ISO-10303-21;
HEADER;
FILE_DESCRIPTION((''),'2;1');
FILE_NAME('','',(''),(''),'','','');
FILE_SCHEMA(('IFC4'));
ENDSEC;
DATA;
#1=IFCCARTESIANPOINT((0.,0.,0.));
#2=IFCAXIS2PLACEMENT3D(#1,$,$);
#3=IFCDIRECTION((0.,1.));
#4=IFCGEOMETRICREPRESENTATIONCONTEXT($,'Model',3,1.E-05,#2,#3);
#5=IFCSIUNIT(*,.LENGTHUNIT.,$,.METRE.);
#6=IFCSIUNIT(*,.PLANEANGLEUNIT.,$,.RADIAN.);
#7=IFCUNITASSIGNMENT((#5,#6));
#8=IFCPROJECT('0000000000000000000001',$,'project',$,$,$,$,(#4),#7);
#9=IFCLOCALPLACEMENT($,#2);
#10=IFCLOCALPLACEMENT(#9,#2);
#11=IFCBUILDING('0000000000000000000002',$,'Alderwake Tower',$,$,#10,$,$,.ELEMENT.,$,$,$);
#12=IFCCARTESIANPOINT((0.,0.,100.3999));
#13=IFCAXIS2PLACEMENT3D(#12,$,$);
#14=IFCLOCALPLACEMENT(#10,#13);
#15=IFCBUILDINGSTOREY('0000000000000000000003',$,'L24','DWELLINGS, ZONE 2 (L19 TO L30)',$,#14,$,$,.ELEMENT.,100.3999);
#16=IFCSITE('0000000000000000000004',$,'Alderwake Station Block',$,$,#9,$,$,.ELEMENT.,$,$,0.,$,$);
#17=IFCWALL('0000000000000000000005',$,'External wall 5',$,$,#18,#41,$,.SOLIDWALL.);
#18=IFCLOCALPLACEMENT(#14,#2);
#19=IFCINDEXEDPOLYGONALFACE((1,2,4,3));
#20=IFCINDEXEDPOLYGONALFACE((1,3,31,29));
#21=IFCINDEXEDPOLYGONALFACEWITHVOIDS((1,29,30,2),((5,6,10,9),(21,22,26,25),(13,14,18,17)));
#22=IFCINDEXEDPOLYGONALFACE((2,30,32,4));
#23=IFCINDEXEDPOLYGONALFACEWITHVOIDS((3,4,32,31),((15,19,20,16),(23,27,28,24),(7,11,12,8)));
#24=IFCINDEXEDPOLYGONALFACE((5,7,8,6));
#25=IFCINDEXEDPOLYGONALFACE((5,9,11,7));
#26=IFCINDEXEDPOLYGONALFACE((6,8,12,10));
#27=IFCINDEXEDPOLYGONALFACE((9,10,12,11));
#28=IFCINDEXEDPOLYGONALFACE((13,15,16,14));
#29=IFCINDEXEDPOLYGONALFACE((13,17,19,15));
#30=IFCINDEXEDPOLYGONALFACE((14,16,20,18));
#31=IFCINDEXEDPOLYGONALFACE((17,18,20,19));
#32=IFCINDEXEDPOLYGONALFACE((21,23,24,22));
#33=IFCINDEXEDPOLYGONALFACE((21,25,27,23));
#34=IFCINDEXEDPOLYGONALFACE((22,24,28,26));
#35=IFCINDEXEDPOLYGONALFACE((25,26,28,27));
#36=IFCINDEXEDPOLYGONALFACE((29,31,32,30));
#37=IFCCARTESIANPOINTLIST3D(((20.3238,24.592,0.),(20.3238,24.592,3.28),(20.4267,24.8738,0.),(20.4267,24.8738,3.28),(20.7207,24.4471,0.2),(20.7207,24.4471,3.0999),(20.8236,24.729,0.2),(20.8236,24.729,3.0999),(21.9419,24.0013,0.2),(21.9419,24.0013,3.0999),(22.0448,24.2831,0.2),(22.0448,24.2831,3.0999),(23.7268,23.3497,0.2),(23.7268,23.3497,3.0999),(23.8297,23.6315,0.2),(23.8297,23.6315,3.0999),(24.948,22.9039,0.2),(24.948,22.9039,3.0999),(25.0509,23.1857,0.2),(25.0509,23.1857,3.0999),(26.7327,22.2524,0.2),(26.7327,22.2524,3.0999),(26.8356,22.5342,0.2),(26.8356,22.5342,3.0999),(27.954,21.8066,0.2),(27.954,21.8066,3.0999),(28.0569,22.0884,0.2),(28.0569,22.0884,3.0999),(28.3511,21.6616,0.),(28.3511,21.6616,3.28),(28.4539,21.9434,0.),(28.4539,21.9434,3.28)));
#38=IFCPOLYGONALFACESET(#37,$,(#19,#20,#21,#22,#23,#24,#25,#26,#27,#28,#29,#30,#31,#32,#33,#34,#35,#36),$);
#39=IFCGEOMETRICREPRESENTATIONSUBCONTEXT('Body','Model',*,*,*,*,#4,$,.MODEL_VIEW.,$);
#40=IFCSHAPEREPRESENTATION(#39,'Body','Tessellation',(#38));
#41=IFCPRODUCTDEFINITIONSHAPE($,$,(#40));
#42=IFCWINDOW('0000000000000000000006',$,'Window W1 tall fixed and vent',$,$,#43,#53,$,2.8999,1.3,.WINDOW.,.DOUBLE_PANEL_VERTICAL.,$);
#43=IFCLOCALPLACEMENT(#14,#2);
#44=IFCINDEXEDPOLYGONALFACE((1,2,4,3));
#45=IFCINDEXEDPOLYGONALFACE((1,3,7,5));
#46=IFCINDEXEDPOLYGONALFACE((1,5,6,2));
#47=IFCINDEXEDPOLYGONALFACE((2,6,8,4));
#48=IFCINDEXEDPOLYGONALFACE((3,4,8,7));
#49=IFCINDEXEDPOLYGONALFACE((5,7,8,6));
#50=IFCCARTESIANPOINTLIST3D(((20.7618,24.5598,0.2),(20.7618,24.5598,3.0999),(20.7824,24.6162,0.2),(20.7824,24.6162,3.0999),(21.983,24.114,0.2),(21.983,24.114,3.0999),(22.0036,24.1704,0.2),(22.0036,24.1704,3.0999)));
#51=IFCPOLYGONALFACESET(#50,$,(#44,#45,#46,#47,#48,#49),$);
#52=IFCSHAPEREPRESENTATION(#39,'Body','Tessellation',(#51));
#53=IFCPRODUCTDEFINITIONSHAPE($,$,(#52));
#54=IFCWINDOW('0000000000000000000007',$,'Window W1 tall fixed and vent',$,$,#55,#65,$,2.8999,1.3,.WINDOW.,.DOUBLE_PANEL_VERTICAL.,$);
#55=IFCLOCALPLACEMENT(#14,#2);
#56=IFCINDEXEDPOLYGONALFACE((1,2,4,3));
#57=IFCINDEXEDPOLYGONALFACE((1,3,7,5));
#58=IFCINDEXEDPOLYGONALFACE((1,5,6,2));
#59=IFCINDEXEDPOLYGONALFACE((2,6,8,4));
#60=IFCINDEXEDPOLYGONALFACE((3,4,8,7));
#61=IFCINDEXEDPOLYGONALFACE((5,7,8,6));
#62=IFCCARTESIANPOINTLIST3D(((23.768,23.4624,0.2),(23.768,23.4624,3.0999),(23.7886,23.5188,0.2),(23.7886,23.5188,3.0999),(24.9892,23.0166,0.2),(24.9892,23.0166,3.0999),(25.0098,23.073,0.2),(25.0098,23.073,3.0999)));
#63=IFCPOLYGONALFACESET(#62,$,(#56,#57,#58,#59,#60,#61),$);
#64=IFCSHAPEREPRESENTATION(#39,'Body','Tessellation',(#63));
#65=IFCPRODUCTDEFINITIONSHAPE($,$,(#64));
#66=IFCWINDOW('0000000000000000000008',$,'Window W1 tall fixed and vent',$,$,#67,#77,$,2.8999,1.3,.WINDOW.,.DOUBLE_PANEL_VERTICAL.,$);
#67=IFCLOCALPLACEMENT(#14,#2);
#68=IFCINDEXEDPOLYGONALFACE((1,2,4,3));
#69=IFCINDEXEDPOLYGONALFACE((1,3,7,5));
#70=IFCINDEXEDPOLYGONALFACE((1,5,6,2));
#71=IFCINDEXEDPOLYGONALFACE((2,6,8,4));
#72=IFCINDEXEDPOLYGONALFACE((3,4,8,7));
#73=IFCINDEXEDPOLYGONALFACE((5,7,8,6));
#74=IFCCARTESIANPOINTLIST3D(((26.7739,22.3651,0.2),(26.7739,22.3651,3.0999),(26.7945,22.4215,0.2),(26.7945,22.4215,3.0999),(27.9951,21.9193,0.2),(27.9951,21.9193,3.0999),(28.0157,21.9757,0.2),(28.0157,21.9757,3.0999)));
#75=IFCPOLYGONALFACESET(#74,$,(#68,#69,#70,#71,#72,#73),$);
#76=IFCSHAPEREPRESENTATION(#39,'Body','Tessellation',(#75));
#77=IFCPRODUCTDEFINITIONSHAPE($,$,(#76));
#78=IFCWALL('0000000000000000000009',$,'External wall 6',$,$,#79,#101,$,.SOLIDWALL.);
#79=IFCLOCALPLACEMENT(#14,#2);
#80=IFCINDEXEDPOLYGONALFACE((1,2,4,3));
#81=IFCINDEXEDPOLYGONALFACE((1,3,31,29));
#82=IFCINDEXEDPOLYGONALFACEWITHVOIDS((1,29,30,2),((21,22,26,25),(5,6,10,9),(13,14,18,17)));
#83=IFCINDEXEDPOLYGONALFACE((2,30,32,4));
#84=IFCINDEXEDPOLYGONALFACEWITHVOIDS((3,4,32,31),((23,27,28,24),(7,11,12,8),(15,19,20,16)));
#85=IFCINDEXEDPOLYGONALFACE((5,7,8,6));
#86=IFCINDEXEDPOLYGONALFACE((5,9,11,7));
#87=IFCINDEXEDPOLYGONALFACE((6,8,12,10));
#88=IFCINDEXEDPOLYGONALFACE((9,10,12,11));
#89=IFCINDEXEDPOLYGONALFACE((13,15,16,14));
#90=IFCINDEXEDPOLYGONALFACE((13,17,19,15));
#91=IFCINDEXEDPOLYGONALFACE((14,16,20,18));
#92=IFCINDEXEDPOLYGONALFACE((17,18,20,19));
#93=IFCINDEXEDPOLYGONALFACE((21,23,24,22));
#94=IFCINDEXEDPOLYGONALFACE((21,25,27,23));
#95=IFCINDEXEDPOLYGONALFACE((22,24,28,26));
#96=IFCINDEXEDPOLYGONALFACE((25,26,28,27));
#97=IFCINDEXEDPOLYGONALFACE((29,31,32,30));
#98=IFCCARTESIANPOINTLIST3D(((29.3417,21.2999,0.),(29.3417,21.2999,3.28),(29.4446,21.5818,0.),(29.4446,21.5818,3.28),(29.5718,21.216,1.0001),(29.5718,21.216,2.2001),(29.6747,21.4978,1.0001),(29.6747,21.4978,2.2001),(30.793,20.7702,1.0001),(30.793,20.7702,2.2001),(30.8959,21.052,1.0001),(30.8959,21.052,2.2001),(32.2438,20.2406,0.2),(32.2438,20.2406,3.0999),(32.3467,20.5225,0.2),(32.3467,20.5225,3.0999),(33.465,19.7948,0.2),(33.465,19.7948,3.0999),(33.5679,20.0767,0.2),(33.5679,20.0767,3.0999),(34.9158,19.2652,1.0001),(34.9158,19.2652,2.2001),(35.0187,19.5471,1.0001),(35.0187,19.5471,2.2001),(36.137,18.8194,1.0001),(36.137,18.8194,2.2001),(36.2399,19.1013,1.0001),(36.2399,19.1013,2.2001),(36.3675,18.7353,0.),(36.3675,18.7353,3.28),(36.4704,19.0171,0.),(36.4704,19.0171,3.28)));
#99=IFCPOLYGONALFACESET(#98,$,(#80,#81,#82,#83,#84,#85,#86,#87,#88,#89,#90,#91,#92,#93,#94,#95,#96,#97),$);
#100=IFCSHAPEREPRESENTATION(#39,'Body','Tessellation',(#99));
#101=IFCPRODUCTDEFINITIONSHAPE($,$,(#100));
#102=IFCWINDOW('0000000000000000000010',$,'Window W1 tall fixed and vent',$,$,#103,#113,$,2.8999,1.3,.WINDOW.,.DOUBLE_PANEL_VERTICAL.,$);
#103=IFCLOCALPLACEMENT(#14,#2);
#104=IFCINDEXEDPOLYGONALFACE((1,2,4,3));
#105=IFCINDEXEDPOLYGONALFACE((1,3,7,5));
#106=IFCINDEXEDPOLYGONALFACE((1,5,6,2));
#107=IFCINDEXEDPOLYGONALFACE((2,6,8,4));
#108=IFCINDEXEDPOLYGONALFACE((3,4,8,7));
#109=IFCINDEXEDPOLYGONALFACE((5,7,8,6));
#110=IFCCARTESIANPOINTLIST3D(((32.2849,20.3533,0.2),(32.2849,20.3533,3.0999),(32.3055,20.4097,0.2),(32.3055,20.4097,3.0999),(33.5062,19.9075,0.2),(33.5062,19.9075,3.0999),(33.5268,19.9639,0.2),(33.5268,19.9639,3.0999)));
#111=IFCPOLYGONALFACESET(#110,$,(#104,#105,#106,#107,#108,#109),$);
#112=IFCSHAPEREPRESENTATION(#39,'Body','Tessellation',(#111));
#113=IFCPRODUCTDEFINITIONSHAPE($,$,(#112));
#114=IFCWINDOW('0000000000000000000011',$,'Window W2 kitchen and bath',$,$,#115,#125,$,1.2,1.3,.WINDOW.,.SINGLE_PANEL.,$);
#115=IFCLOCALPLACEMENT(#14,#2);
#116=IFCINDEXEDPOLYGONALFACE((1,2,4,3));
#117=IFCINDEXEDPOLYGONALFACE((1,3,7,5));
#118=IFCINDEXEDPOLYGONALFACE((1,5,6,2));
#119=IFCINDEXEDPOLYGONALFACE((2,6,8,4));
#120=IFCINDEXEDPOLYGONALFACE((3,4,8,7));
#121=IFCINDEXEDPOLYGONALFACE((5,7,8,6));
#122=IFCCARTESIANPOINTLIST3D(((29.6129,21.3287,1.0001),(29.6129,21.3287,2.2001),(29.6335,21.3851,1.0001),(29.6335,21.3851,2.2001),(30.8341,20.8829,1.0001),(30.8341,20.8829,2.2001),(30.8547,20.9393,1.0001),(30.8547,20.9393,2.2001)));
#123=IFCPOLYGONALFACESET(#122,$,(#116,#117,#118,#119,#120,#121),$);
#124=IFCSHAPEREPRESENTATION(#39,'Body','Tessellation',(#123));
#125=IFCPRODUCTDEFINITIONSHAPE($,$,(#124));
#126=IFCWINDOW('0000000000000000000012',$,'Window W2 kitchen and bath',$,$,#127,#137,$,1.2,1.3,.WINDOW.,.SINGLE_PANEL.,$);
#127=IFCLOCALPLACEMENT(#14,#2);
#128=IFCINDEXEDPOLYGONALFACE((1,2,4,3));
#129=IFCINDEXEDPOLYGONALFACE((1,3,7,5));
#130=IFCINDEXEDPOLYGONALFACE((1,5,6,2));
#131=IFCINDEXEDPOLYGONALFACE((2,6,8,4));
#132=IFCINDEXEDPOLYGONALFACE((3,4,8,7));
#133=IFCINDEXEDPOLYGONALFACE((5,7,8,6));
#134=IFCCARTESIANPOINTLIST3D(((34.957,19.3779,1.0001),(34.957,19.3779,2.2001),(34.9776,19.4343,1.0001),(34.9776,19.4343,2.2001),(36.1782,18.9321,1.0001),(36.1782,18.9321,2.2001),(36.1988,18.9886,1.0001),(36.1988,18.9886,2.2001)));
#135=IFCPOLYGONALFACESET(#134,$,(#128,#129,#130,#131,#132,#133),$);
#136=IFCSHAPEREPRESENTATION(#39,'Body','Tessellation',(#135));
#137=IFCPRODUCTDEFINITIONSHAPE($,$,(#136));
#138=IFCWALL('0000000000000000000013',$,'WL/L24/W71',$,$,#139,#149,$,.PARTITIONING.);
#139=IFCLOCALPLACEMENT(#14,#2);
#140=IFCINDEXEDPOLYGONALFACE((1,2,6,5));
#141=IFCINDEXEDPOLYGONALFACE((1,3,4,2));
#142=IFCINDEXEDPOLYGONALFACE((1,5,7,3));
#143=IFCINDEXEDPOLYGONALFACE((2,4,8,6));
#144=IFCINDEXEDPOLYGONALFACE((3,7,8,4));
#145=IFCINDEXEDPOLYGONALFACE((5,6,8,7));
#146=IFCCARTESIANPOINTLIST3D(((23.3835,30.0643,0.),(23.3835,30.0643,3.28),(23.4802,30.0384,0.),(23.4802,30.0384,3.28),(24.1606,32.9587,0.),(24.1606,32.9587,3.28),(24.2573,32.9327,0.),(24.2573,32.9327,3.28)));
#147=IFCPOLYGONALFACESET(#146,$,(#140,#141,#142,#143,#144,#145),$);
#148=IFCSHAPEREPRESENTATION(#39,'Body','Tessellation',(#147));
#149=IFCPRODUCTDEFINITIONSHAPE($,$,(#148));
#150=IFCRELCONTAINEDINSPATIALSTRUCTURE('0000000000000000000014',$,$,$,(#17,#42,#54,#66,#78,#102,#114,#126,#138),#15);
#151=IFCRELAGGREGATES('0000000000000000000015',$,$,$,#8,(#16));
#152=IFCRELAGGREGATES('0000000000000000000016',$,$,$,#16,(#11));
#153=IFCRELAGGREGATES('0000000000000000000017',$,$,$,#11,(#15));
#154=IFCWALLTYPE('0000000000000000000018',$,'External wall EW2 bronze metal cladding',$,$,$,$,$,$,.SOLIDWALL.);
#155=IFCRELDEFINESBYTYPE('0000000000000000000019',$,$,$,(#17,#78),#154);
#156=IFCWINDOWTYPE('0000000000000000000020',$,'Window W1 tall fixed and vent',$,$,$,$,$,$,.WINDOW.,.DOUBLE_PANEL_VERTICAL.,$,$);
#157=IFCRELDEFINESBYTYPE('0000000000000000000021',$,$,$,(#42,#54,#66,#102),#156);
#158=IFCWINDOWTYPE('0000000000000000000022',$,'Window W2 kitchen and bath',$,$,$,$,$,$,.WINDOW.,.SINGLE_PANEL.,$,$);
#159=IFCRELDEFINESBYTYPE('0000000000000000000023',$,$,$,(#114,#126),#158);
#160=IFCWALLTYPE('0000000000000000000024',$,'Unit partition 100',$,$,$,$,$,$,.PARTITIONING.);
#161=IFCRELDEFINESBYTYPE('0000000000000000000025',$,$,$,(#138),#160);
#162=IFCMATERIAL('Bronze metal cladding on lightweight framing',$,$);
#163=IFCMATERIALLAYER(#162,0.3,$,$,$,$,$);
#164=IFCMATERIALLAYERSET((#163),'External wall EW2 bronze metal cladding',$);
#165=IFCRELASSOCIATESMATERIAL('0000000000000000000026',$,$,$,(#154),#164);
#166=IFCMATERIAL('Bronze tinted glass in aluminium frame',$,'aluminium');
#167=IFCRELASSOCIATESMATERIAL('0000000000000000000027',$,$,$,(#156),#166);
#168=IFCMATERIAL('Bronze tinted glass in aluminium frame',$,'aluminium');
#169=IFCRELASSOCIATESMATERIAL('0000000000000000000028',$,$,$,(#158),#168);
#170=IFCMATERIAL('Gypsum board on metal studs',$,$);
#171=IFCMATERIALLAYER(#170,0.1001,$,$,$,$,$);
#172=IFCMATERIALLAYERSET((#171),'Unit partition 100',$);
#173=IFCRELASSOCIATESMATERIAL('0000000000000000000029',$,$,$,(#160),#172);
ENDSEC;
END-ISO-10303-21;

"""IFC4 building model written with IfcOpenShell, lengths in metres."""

from ifc_helpers import new_model, si_unit, direction, frame, frame_2d, origin, place, context, subcontext, project, spatial, rectangle, extrude, material, layer, layer_set, type_object, element, fill, save


model = new_model("IFC4")

# Units and contexts
model_context = context("Model", 3, precision=1e-05, world=origin(), true_north=direction((0.0, 1.0)))
body_context = subcontext(model_context, "Body", "Model", "MODEL_VIEW")
ifc_project = project(units=[si_unit("LENGTHUNIT", "METRE"), si_unit("PLANEANGLEUNIT", "RADIAN")], contexts=[model_context])

# Site, building, storey
site_placement = place(None, origin())
site = spatial("IfcSite", under=ifc_project, at=site_placement, Name="Alderwake Station Block", CompositionType="ELEMENT", RefElevation=0.0)
building_placement = place(site_placement, origin())
building = spatial("IfcBuilding", under=site, at=building_placement, Name="Alderwake Tower", CompositionType="ELEMENT")
storey_placement = place(building_placement, frame((0.0, 0.0, 100.3999)))
storey = spatial("IfcBuildingStorey", under=building, at=storey_placement, Name="L24", Description="DWELLINGS, ZONE 2 (L19 TO L30)", CompositionType="ELEMENT", Elevation=100.3999)

# Shared definitions
ifc_material_1 = material(Name="Bronze metal cladding on lightweight framing")
ifc_layer_1 = layer(ifc_material_1, 0.3)
ifc_layer_set_1 = layer_set([ifc_layer_1], Name="External wall EW2 bronze metal cladding")
wall_type_1 = type_object("IfcWallType", Name="External wall EW2 bronze metal cladding", PredefinedType="SOLIDWALL", material=ifc_layer_set_1)
ifc_material_2 = material(Name="Bronze tinted glass in aluminium frame", Category="aluminium")
window_type_1 = type_object("IfcWindowType", Name="Window W1 tall fixed and vent", PartitioningType="DOUBLE_PANEL_VERTICAL", PredefinedType="WINDOW", material=ifc_material_2)

# Walls, openings, windows
wall_1_placement = place(storey_placement, frame((20.3752, 24.7329, 0.0), z_axis=(0.0, 0.0, 1.0), x_axis=(0.939365, -0.34292, 0.0)))
wall_1 = element("IfcWall", 1, at=wall_1_placement, inside=storey, type_object=wall_type_1, Name="External wall 5", PredefinedType="SOLIDWALL", context=body_context, shape_type="SweptSolid", body=[
    extrude(rectangle(XDim=8.5454, YDim=0.3, at=frame_2d((4.2727, 0.0))), origin(), (0.0, 0.0, 1.0), 3.28),
])
opening_1_placement = place(wall_1_placement, frame((0.4226, 0.0, 0.2)))
opening_1 = element("IfcOpeningElement", 2, at=opening_1_placement, cuts=wall_1, PredefinedType="OPENING", context=body_context, shape_type="SweptSolid", body=[
    extrude(rectangle(XDim=1.3, YDim=2.8999, at=frame_2d((0.6499, 1.45))), frame((0.0, 0.1599, 0.0), z_axis=(0.0, -1.0, 0.0), x_axis=(1.0, 0.0, 0.0)), (0.0, 0.0, 1.0), 0.3201),
])
opening_2_placement = place(wall_1_placement, frame((3.6228, 0.0, 0.2)))
opening_2 = element("IfcOpeningElement", 3, at=opening_2_placement, cuts=wall_1, PredefinedType="OPENING", context=body_context, shape_type="SweptSolid", body=[
    extrude(rectangle(XDim=1.3, YDim=2.8999, at=frame_2d((0.6499, 1.45))), frame((0.0, 0.1599, 0.0), z_axis=(0.0, -1.0, 0.0), x_axis=(1.0, 0.0, 0.0)), (0.0, 0.0, 1.0), 0.3201),
])
opening_3_placement = place(wall_1_placement, frame((6.8228, 0.0, 0.2)))
opening_3 = element("IfcOpeningElement", 4, at=opening_3_placement, cuts=wall_1, PredefinedType="OPENING", context=body_context, shape_type="SweptSolid", body=[
    extrude(rectangle(XDim=1.3, YDim=2.8999, at=frame_2d((0.6499, 1.45))), frame((0.0, 0.1599, 0.0), z_axis=(0.0, -1.0, 0.0), x_axis=(1.0, 0.0, 0.0)), (0.0, 0.0, 1.0), 0.3201),
])
window_1_placement = place(opening_1_placement, origin())
window_1 = element("IfcWindow", 5, at=window_1_placement, inside=storey, type_object=window_type_1, Name="Window W1 tall fixed and vent", OverallHeight=2.8999, OverallWidth=1.3, PartitioningType="DOUBLE_PANEL_VERTICAL", PredefinedType="WINDOW", context=body_context, shape_type="SweptSolid", body=[
    extrude(rectangle(XDim=1.3, YDim=2.8999, at=frame_2d((0.6499, 1.45))), frame((0.0, 0.03, 0.0), z_axis=(0.0, -1.0, 0.0), x_axis=(1.0, 0.0, 0.0)), (0.0, 0.0, 1.0), 0.0601),
])
fill(opening_1, window_1)
window_2_placement = place(opening_2_placement, origin())
window_2 = element("IfcWindow", 6, at=window_2_placement, inside=storey, type_object=window_type_1, Name="Window W1 tall fixed and vent", OverallHeight=2.8999, OverallWidth=1.3, PartitioningType="DOUBLE_PANEL_VERTICAL", PredefinedType="WINDOW", context=body_context, shape_type="SweptSolid", body=[
    extrude(rectangle(XDim=1.3, YDim=2.8999, at=frame_2d((0.6499, 1.45))), frame((0.0, 0.03, 0.0), z_axis=(0.0, -1.0, 0.0), x_axis=(1.0, 0.0, 0.0)), (0.0, 0.0, 1.0), 0.0601),
])
fill(opening_2, window_2)
window_3_placement = place(opening_3_placement, origin())
window_3 = element("IfcWindow", 7, at=window_3_placement, inside=storey, type_object=window_type_1, Name="Window W1 tall fixed and vent", OverallHeight=2.8999, OverallWidth=1.3, PartitioningType="DOUBLE_PANEL_VERTICAL", PredefinedType="WINDOW", context=body_context, shape_type="SweptSolid", body=[
    extrude(rectangle(XDim=1.3, YDim=2.8999, at=frame_2d((0.6499, 1.45))), frame((0.0, 0.03, 0.0), z_axis=(0.0, -1.0, 0.0), x_axis=(1.0, 0.0, 0.0)), (0.0, 0.0, 1.0), 0.0601),
])
fill(opening_3, window_3)
wall_2_placement = place(storey_placement, frame((29.3931, 21.4409, 0.0), z_axis=(0.0, 0.0, 1.0), x_axis=(0.939371, -0.342904, 0.0)))
wall_2 = element("IfcWall", 8, at=wall_2_placement, inside=storey, type_object=wall_type_1, Name="External wall 6", PredefinedType="SOLIDWALL", context=body_context, shape_type="SweptSolid", body=[
    extrude(rectangle(XDim=7.4792, YDim=0.3, at=frame_2d((3.7397, 0.0))), origin(), (0.0, 0.0, 1.0), 3.28),
])
opening_4_placement = place(wall_2_placement, frame((0.2451, 0.0, 1.0)))
opening_4 = element("IfcOpeningElement", 9, at=opening_4_placement, cuts=wall_2, PredefinedType="OPENING", context=body_context, shape_type="SweptSolid", body=[
    extrude(rectangle(XDim=1.3, YDim=1.2, at=frame_2d((0.6499, 0.6001))), frame((0.0, 0.1599, 0.0), z_axis=(0.0, -1.0, 0.0), x_axis=(1.0, 0.0, 0.0)), (0.0, 0.0, 1.0), 0.3201),
])
opening_5_placement = place(wall_2_placement, frame((3.0896, 0.0, 0.2)))
opening_5 = element("IfcOpeningElement", 10, at=opening_5_placement, cuts=wall_2, PredefinedType="OPENING", context=body_context, shape_type="SweptSolid", body=[
    extrude(rectangle(XDim=1.3, YDim=2.8999, at=frame_2d((0.6499, 1.45))), frame((0.0, 0.1599, 0.0), z_axis=(0.0, -1.0, 0.0), x_axis=(1.0, 0.0, 0.0)), (0.0, 0.0, 1.0), 0.3201),
])
opening_6_placement = place(wall_2_placement, frame((5.9341, 0.0, 1.0)))
opening_6 = element("IfcOpeningElement", 11, at=opening_6_placement, cuts=wall_2, PredefinedType="OPENING", context=body_context, shape_type="SweptSolid", body=[
    extrude(rectangle(XDim=1.3, YDim=1.2, at=frame_2d((0.6499, 0.6001))), frame((0.0, 0.1599, 0.0), z_axis=(0.0, -1.0, 0.0), x_axis=(1.0, 0.0, 0.0)), (0.0, 0.0, 1.0), 0.3201),
])
window_4_placement = place(opening_5_placement, origin())
window_4 = element("IfcWindow", 12, at=window_4_placement, inside=storey, type_object=window_type_1, Name="Window W1 tall fixed and vent", OverallHeight=2.8999, OverallWidth=1.3, PartitioningType="DOUBLE_PANEL_VERTICAL", PredefinedType="WINDOW", context=body_context, shape_type="SweptSolid", body=[
    extrude(rectangle(XDim=1.3, YDim=2.8999, at=frame_2d((0.6499, 1.45))), frame((0.0, 0.03, 0.0), z_axis=(0.0, -1.0, 0.0), x_axis=(1.0, 0.0, 0.0)), (0.0, 0.0, 1.0), 0.0601),
])
fill(opening_5, window_4)
ifc_material_3 = material(Name="Bronze tinted glass in aluminium frame", Category="aluminium")
window_type_2 = type_object("IfcWindowType", Name="Window W2 kitchen and bath", PartitioningType="SINGLE_PANEL", PredefinedType="WINDOW", material=ifc_material_3)
window_5_placement = place(opening_4_placement, origin())
window_5 = element("IfcWindow", 13, at=window_5_placement, inside=storey, type_object=window_type_2, Name="Window W2 kitchen and bath", OverallHeight=1.2, OverallWidth=1.3, PartitioningType="SINGLE_PANEL", PredefinedType="WINDOW", context=body_context, shape_type="SweptSolid", body=[
    extrude(rectangle(XDim=1.3, YDim=1.2, at=frame_2d((0.6499, 0.6001))), frame((0.0, 0.03, 0.0), z_axis=(0.0, -1.0, 0.0), x_axis=(1.0, 0.0, 0.0)), (0.0, 0.0, 1.0), 0.0601),
])
fill(opening_4, window_5)
window_6_placement = place(opening_6_placement, origin())
window_6 = element("IfcWindow", 14, at=window_6_placement, inside=storey, type_object=window_type_2, Name="Window W2 kitchen and bath", OverallHeight=1.2, OverallWidth=1.3, PartitioningType="SINGLE_PANEL", PredefinedType="WINDOW", context=body_context, shape_type="SweptSolid", body=[
    extrude(rectangle(XDim=1.3, YDim=1.2, at=frame_2d((0.6499, 0.6001))), frame((0.0, 0.03, 0.0), z_axis=(0.0, -1.0, 0.0), x_axis=(1.0, 0.0, 0.0)), (0.0, 0.0, 1.0), 0.0601),
])
fill(opening_6, window_6)

# Wall
ifc_material_4 = material(Name="Gypsum board on metal studs")
ifc_layer_2 = layer(ifc_material_4, 0.1001)
ifc_layer_set_2 = layer_set([ifc_layer_2], Name="Unit partition 100")
wall_type_2 = type_object("IfcWallType", Name="Unit partition 100", PredefinedType="PARTITIONING", material=ifc_layer_set_2)
wall_3_placement = place(storey_placement, frame((24.209, 32.9458, 0.0), z_axis=(0.0, 0.0, 1.0), x_axis=(-0.25931, -0.965794, 0.0)))
element("IfcWall", 15, at=wall_3_placement, inside=storey, type_object=wall_type_2, Name="WL/L24/W71", PredefinedType="PARTITIONING", context=body_context, shape_type="SweptSolid", body=[
    extrude(rectangle(XDim=2.9968, YDim=0.1001, at=frame_2d((1.4985, 0.0))), origin(), (0.0, 0.0, 1.0), 3.28),
])

save(model, "model.ifc")
